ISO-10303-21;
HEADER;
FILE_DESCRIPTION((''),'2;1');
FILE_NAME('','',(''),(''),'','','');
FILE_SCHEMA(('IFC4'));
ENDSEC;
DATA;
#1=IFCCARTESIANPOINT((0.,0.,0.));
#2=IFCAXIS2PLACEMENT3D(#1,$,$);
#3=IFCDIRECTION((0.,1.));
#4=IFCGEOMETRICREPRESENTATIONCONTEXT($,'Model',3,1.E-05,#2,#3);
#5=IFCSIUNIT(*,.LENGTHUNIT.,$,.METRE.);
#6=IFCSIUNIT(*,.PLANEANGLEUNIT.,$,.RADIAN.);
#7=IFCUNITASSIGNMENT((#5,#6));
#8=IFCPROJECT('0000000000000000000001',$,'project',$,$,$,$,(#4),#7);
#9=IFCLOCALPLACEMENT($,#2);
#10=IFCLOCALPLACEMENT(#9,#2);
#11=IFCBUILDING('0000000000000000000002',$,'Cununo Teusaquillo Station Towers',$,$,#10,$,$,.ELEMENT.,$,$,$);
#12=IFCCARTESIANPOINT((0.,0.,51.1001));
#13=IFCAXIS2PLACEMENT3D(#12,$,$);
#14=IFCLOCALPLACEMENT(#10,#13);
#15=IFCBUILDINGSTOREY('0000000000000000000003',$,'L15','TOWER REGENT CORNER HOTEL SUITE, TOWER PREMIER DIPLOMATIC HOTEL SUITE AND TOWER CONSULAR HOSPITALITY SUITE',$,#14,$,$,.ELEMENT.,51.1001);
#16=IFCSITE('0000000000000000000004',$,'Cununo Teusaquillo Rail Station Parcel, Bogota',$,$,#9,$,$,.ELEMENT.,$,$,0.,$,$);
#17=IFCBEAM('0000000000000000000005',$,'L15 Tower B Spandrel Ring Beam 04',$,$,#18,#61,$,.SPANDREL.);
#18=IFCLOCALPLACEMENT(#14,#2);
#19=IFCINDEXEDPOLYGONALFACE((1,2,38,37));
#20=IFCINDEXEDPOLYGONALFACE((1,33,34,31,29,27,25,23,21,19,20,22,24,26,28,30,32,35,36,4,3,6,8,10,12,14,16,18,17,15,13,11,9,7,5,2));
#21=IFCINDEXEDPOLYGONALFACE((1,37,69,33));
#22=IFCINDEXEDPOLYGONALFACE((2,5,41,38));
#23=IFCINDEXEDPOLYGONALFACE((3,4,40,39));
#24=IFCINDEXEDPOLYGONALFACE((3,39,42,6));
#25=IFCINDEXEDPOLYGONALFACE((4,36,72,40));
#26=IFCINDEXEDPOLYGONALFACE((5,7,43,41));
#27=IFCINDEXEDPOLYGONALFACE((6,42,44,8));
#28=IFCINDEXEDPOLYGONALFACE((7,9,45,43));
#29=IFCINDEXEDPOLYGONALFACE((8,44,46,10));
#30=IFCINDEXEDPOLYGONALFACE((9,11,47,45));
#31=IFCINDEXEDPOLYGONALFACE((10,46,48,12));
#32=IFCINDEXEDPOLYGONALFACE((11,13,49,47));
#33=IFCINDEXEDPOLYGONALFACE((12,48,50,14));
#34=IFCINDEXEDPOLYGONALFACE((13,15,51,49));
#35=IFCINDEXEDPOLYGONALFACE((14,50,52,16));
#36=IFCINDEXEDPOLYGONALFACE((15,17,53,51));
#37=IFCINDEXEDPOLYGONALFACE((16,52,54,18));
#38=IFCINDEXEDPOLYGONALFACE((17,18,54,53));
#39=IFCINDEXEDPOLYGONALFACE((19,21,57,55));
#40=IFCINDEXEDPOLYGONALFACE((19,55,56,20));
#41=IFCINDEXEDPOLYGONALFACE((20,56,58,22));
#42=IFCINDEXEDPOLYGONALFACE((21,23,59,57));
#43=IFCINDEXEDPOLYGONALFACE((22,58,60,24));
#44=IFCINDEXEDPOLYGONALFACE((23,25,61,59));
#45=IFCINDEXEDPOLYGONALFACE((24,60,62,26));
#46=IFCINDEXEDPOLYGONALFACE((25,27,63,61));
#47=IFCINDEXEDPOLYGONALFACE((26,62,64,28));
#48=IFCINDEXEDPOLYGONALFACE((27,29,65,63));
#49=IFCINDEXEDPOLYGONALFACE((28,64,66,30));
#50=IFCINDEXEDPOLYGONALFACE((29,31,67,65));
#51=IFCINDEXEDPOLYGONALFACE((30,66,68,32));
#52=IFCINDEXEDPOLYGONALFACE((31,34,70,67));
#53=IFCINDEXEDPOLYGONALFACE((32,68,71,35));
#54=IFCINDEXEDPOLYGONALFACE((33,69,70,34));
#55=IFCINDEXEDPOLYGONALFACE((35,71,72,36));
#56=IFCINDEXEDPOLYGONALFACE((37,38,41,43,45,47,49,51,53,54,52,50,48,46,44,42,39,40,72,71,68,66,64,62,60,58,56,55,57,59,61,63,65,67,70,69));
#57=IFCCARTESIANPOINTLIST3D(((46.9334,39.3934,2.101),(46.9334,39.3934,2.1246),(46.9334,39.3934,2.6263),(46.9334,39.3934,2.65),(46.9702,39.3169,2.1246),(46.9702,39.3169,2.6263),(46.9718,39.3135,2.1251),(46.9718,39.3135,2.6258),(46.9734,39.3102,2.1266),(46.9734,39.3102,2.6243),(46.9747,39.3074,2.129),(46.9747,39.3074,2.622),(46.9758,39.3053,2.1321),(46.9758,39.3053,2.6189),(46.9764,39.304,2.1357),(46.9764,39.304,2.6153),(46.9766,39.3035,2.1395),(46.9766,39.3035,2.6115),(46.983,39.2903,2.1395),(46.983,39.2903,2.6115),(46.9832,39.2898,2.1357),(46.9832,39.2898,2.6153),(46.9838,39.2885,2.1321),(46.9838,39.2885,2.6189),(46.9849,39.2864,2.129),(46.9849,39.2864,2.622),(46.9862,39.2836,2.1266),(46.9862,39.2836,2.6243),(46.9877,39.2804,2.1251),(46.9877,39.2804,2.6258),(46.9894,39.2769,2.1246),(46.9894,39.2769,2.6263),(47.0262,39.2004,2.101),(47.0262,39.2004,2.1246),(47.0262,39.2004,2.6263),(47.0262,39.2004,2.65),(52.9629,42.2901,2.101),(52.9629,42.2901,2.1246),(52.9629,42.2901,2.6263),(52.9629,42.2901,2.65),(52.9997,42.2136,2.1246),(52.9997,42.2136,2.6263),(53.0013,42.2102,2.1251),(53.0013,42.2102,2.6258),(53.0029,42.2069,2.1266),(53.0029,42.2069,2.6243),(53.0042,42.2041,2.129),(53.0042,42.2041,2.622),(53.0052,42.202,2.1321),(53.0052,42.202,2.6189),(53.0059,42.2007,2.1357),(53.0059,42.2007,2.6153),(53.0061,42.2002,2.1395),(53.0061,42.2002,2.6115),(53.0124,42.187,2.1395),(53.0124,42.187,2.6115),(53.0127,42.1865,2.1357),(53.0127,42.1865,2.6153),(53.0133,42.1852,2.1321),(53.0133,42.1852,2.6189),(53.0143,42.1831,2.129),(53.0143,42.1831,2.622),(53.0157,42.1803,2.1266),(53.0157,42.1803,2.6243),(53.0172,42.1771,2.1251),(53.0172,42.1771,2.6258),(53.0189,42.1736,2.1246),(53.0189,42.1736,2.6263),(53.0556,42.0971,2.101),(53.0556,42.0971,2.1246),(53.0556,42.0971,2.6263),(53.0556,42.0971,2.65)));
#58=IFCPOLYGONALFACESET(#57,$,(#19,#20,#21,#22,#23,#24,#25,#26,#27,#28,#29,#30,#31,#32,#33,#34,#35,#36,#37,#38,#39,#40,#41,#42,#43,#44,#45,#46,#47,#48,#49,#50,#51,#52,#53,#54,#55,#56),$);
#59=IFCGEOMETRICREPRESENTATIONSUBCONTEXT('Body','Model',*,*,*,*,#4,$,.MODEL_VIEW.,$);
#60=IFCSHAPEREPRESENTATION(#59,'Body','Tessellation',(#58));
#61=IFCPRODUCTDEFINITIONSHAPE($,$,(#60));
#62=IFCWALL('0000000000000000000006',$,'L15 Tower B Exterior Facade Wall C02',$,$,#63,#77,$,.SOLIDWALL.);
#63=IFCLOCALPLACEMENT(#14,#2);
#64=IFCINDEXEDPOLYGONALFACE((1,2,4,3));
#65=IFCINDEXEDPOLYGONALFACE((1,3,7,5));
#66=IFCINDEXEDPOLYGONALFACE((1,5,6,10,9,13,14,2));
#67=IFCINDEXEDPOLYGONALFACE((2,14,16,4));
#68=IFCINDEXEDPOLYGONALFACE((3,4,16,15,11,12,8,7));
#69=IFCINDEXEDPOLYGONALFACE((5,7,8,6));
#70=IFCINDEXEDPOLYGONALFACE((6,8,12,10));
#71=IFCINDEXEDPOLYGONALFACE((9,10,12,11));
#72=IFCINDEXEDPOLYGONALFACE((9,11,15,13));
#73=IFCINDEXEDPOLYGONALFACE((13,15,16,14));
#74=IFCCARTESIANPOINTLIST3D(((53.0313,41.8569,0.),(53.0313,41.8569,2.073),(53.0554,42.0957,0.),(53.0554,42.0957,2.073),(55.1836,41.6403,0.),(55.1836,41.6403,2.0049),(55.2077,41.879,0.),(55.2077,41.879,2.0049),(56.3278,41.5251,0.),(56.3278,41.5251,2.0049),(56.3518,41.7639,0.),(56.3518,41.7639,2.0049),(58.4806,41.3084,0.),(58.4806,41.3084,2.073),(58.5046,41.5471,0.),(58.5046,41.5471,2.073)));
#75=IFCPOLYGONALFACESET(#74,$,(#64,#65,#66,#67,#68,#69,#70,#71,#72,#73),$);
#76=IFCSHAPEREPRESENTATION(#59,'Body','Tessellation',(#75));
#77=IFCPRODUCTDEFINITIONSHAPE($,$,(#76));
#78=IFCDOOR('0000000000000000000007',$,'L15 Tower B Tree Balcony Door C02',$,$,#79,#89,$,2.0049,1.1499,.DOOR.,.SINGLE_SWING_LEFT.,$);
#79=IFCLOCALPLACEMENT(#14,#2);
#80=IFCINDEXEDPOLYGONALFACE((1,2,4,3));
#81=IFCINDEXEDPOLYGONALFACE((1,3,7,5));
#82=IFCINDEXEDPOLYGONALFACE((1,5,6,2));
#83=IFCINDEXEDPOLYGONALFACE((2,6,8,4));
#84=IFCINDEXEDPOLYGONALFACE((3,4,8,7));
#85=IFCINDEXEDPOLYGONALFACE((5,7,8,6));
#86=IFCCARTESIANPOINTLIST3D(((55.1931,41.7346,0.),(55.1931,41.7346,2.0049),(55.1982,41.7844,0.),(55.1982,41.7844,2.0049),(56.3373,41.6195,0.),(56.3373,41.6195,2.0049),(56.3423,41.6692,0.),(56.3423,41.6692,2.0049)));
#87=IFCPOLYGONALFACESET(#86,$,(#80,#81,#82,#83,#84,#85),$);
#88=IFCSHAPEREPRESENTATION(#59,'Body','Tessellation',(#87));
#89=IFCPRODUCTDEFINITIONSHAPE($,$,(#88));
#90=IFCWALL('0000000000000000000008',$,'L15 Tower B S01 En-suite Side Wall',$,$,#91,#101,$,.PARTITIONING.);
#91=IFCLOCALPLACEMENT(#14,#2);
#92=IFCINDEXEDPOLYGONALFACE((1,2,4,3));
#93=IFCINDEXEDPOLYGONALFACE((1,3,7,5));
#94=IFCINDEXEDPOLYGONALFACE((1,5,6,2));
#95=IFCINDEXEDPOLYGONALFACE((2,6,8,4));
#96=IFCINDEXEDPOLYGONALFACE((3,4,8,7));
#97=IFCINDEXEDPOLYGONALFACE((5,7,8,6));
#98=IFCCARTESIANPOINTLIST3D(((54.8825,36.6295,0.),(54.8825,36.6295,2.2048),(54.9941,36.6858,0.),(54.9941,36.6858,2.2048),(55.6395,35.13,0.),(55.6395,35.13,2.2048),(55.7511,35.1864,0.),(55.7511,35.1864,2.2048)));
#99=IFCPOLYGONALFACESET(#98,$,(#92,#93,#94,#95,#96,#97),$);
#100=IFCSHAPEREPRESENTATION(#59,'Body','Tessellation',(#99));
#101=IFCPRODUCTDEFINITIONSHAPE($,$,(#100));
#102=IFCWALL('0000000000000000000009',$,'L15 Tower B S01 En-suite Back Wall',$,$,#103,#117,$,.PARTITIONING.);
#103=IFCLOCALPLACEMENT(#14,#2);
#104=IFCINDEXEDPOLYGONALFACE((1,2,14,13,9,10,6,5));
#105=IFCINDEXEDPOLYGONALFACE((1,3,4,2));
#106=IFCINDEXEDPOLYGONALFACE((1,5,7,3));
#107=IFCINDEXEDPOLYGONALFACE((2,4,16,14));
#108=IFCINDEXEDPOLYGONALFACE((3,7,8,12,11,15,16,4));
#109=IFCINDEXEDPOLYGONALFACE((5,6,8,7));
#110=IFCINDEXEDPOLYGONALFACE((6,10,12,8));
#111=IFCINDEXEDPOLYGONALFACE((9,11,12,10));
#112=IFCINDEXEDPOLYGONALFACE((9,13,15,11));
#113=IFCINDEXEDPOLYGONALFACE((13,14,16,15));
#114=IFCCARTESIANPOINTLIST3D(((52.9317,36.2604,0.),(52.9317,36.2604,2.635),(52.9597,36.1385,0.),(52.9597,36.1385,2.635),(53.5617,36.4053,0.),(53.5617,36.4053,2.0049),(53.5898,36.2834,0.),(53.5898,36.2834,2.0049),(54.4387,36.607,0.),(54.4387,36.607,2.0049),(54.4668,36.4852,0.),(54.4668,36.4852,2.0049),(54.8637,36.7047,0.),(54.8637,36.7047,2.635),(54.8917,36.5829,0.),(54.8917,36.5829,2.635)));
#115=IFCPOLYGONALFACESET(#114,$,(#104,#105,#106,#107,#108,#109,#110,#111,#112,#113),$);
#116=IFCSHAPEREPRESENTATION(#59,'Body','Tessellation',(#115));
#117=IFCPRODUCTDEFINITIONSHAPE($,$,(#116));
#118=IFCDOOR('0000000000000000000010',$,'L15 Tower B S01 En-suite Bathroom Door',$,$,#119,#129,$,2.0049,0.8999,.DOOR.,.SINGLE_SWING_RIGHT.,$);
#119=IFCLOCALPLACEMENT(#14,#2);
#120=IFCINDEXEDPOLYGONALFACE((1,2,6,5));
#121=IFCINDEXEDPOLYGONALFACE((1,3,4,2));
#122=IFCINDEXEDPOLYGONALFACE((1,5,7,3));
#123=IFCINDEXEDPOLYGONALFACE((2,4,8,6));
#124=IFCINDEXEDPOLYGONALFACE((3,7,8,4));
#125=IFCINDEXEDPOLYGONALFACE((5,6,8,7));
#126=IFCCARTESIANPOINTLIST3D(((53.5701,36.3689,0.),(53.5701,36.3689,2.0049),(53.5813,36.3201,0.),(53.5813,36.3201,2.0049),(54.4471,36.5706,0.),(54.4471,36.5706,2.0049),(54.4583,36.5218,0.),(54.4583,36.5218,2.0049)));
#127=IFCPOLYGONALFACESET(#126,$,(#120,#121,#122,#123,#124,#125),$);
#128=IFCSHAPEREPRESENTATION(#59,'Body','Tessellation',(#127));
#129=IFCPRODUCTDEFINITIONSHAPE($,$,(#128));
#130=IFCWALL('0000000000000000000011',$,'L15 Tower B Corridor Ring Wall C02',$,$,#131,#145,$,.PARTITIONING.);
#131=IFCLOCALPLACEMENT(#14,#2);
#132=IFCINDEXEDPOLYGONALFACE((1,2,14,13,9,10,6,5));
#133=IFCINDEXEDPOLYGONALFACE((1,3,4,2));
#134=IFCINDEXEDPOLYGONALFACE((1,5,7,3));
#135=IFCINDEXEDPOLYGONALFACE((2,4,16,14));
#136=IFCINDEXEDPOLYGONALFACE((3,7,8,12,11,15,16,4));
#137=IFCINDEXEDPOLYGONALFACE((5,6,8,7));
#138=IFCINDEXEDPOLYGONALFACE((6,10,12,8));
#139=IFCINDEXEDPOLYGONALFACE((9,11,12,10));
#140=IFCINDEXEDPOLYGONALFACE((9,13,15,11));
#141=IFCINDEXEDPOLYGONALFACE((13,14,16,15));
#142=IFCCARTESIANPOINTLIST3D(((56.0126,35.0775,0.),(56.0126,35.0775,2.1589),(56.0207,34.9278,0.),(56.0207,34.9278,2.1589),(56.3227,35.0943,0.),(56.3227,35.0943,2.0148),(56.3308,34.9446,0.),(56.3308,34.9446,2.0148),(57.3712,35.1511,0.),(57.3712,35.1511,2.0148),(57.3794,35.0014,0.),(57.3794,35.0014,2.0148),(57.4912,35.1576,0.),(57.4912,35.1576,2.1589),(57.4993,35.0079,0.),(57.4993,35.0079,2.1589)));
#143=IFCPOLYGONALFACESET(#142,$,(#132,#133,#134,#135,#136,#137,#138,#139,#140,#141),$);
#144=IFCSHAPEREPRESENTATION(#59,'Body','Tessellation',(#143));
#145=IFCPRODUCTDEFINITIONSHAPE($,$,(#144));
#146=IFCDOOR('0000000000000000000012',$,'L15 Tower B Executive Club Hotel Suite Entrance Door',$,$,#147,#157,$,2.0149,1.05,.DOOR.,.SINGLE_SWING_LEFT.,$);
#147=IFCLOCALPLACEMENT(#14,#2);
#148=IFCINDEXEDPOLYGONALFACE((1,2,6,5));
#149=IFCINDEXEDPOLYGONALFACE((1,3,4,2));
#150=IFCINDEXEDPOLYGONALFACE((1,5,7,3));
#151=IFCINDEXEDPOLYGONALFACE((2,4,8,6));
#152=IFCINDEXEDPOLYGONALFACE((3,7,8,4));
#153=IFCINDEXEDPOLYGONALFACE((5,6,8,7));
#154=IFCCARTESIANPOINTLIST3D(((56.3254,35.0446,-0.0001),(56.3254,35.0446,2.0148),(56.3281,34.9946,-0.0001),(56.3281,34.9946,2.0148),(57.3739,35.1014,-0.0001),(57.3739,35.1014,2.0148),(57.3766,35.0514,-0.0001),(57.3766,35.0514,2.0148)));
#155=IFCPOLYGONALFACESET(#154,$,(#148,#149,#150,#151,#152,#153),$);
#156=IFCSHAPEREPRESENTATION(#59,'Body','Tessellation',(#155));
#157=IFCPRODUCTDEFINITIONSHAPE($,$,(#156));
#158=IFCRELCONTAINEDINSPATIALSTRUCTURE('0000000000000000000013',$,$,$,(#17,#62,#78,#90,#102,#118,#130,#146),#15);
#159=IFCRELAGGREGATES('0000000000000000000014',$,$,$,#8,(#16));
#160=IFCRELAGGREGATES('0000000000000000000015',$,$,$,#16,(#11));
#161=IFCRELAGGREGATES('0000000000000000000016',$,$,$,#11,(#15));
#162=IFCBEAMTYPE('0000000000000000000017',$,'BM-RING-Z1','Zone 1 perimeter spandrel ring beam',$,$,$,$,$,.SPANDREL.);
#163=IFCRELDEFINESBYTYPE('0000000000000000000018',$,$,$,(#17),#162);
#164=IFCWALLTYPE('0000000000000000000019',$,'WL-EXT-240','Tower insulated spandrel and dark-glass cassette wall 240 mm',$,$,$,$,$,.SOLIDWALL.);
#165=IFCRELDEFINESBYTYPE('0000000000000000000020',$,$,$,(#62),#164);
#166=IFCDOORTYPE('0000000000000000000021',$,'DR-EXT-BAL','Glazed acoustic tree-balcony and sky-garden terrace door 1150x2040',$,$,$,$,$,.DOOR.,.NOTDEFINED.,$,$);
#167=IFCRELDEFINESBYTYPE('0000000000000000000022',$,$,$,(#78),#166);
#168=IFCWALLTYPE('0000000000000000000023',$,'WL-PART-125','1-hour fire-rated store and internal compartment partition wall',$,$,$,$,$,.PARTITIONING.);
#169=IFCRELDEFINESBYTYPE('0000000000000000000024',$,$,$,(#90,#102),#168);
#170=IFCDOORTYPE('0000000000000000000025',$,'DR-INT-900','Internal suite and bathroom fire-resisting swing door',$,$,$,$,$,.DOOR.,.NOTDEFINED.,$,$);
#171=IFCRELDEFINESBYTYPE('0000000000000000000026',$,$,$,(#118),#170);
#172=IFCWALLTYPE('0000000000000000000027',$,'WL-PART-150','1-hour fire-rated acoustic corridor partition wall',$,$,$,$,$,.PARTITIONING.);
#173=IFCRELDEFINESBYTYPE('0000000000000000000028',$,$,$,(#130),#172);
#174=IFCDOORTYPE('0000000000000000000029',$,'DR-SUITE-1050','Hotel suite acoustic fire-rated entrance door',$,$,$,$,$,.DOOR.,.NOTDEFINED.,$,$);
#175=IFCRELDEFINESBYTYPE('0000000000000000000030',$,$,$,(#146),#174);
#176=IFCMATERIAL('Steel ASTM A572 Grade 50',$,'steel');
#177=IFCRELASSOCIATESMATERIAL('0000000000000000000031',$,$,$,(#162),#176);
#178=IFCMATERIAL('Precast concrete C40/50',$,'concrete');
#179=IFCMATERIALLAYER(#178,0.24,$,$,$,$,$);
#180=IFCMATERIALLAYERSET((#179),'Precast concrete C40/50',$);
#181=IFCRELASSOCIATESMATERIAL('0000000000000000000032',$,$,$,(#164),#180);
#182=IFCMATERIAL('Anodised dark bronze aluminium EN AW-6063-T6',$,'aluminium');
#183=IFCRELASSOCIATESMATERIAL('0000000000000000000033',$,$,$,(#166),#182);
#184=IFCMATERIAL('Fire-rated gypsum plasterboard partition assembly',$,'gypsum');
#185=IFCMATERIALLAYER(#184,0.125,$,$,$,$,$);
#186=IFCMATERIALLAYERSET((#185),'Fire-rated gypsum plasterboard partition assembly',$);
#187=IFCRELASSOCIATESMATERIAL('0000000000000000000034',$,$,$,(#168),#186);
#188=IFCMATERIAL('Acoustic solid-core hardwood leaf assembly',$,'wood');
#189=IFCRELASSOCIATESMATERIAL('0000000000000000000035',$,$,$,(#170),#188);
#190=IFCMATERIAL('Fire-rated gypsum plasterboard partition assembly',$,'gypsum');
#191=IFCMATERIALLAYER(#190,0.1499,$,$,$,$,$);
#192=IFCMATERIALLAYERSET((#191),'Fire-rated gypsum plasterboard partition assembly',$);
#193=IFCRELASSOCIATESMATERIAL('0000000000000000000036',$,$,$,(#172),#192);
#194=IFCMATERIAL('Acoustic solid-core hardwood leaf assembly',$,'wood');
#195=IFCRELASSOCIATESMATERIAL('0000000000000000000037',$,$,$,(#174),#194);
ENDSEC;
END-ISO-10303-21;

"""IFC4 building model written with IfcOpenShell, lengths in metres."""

from ifc_helpers import new_model, si_unit, direction, frame, frame_2d, origin, origin_2d, place, context, subcontext, project, spatial, rectangle, i_section, extrude, source, transform, mapped, material, layer, layer_set, material_profile, profile_set, type_object, element, fill, save


model = new_model("IFC4")

# Units and contexts
model_context = context("Model", 3, precision=1e-05, world=origin(), true_north=direction((0.0, 1.0)))
body_context = subcontext(model_context, "Body", "Model", "MODEL_VIEW")
ifc_project = project(units=[si_unit("LENGTHUNIT", "METRE"), si_unit("PLANEANGLEUNIT", "RADIAN")], contexts=[model_context])

# Site, building, storey
site_placement = place(None, origin())
site = spatial("IfcSite", under=ifc_project, at=site_placement, Name="Cununo Teusaquillo Rail Station Parcel, Bogota", CompositionType="ELEMENT", RefElevation=0.0)
building_placement = place(site_placement, origin())
building = spatial("IfcBuilding", under=site, at=building_placement, Name="Cununo Teusaquillo Station Towers", CompositionType="ELEMENT")
storey_placement = place(building_placement, frame((0.0, 0.0, 51.1001)))
storey = spatial("IfcBuildingStorey", under=building, at=storey_placement, Name="L15", Description="TOWER REGENT CORNER HOTEL SUITE, TOWER PREMIER DIPLOMATIC HOTEL SUITE AND TOWER CONSULAR HOSPITALITY SUITE", CompositionType="ELEMENT", Elevation=51.1001)

# Beam
ifc_material_1 = material(Name="Steel ASTM A572 Grade 50", Category="steel")
ifc_material_profile_1 = material_profile(ifc_material_1, i_section(OverallWidth=0.2141, OverallDepth=0.5491, WebThickness=0.0146, FlangeThickness=0.0237, FilletRadius=0.0149, at=origin_2d()), Name="W21X93")
ifc_profile_set_1 = profile_set([ifc_material_profile_1], Name="Steel ASTM A572 Grade 50")
beam_type_1 = type_object("IfcBeamType", Name="BM-RING-Z1", Description="Zone 1 perimeter spandrel ring beam", PredefinedType="SPANDREL", material=ifc_profile_set_1)
beam_1_placement = place(storey_placement, frame((53.0093, 42.1936, 2.3755), z_axis=(-0.901374, -0.433041, 0.0), x_axis=(0.433041, -0.901374, 0.0)))
element("IfcBeam", 1, at=beam_1_placement, inside=storey, type_object=beam_type_1, Name="L15 Tower B Spandrel Ring Beam 04", PredefinedType="SPANDREL", context=body_context, shape_type="SweptSolid", body=[
    extrude(i_section(OverallWidth=0.2141, OverallDepth=0.5491, WebThickness=0.0146, FlangeThickness=0.0237, FilletRadius=0.0149, at=origin_2d()), origin(), (0.0, 0.0, 1.0), 6.6892),
])

# Wall, opening, door
ifc_material_2 = material(Name="Precast concrete C40/50", Category="concrete")
ifc_layer_1 = layer(ifc_material_2, 0.24)
ifc_layer_set_1 = layer_set([ifc_layer_1], Name="Precast concrete C40/50")
wall_type_1 = type_object("IfcWallType", Name="WL-EXT-240", Description="Tower insulated spandrel and dark-glass cassette wall 240 mm", PredefinedType="SOLIDWALL", material=ifc_layer_set_1)
wall_1_placement = place(storey_placement, frame((53.0435, 41.9763, 0.0), z_axis=(0.0, 0.0, 1.0), x_axis=(0.994971, -0.100166, 0.0)))
wall_1 = element("IfcWall", 2, at=wall_1_placement, inside=storey, type_object=wall_type_1, Name="L15 Tower B Exterior Facade Wall C02", PredefinedType="SOLIDWALL", context=body_context, shape_type="SweptSolid", body=[
    extrude(rectangle(XDim=5.4768, YDim=0.24, at=frame_2d((2.7383, 0.0))), origin(), (0.0, 0.0, 1.0), 2.073),
])
shared_shape_1 = source(origin(), body_context, "Body", "SweptSolid", [
    extrude(rectangle(XDim=1.1499, YDim=2.0049, at=frame_2d((0.575, 1.0024))), frame((0.0, 0.1299, 0.0), z_axis=(0.0, -1.0, 0.0), x_axis=(1.0, 0.0, 0.0)), (0.0, 0.0, 1.0), 0.26),
])
opening_1_placement = place(wall_1_placement, frame((2.1631, 0.0, 0.0)))
opening_1 = element("IfcOpeningElement", 3, at=opening_1_placement, cuts=wall_1, PredefinedType="OPENING", context=body_context, shape_type="MappedRepresentation", body=[
    mapped(shared_shape_1, transform((0.0, 0.0, 0.0), x_axis=(1.0, 0.0, 0.0), y_axis=(0.0, 1.0, 0.0), z_axis=(0.0, 0.0, 1.0), scale=1.0)),
])
ifc_material_3 = material(Name="Anodised dark bronze aluminium EN AW-6063-T6", Category="aluminium")
door_type_1 = type_object("IfcDoorType", Name="DR-EXT-BAL", Description="Glazed acoustic tree-balcony and sky-garden terrace door 1150x2040", OperationType="NOTDEFINED", PredefinedType="DOOR", material=ifc_material_3)
shared_shape_2 = source(origin(), body_context, "Body", "SweptSolid", [
    extrude(rectangle(XDim=1.1499, YDim=2.0049, at=frame_2d((0.575, 1.0024))), frame((0.0, 0.0249, 0.0), z_axis=(0.0, -1.0, 0.0), x_axis=(1.0, 0.0, 0.0)), (0.0, 0.0, 1.0), 0.05),
])
door_1_placement = place(opening_1_placement, origin())
door_1 = element("IfcDoor", 4, at=door_1_placement, inside=storey, type_object=door_type_1, Name="L15 Tower B Tree Balcony Door C02", OperationType="SINGLE_SWING_LEFT", OverallHeight=2.0049, OverallWidth=1.1499, PredefinedType="DOOR", context=body_context, shape_type="MappedRepresentation", body=[
    mapped(shared_shape_2, transform((0.0, 0.0, 0.0), x_axis=(1.0, 0.0, 0.0), y_axis=(0.0, 1.0, 0.0), z_axis=(0.0, 0.0, 1.0), scale=1.0)),
])
fill(opening_1, door_1)

# Wall
ifc_material_4 = material(Name="Fire-rated gypsum plasterboard partition assembly", Category="gypsum")
ifc_layer_2 = layer(ifc_material_4, 0.125)
ifc_layer_set_2 = layer_set([ifc_layer_2], Name="Fire-rated gypsum plasterboard partition assembly")
wall_type_2 = type_object("IfcWallType", Name="WL-PART-125", Description="1-hour fire-rated store and internal compartment partition wall", PredefinedType="PARTITIONING", material=ifc_layer_set_2)
wall_2_placement = place(storey_placement, frame((55.6953, 35.1582, 0.0), z_axis=(0.0, 0.0, 1.0), x_axis=(-0.450698, 0.892676, 0.0)))
element("IfcWall", 5, at=wall_2_placement, inside=storey, type_object=wall_type_2, Name="L15 Tower B S01 En-suite Side Wall", PredefinedType="PARTITIONING", context=body_context, shape_type="SweptSolid", body=[
    extrude(rectangle(XDim=1.6797, YDim=0.125, at=frame_2d((0.8398, 0.0))), origin(), (0.0, 0.0, 1.0), 2.2048),
])

# Walls, openings, doors
wall_3_placement = place(storey_placement, frame((54.8777, 36.6438, 0.0), z_axis=(0.0, 0.0, 1.0), x_axis=(-0.974555, -0.224149, 0.0)))
wall_3 = element("IfcWall", 6, at=wall_3_placement, inside=storey, type_object=wall_type_2, Name="L15 Tower B S01 En-suite Back Wall", PredefinedType="PARTITIONING", context=body_context, shape_type="SweptSolid", body=[
    extrude(rectangle(XDim=1.9824, YDim=0.125, at=frame_2d((0.9912, 0.0))), origin(), (0.0, 0.0, 1.0), 2.635),
])
shared_shape_3 = source(origin(), body_context, "Body", "SweptSolid", [
    extrude(rectangle(XDim=0.8999, YDim=2.0049, at=frame_2d((0.45, 1.0024))), frame((0.0, 0.0725, 0.0), z_axis=(0.0, -1.0, 0.0), x_axis=(1.0, 0.0, 0.0)), (0.0, 0.0, 1.0), 0.145),
])
opening_2_placement = place(wall_3_placement, frame((0.436, 0.0, 0.0)))
opening_2 = element("IfcOpeningElement", 7, at=opening_2_placement, cuts=wall_3, PredefinedType="OPENING", context=body_context, shape_type="MappedRepresentation", body=[
    mapped(shared_shape_3, transform((0.0, 0.0, 0.0), x_axis=(1.0, 0.0, 0.0), y_axis=(0.0, 1.0, 0.0), z_axis=(0.0, 0.0, 1.0), scale=1.0)),
])
ifc_material_5 = material(Name="Acoustic solid-core hardwood leaf assembly", Category="wood")
door_type_2 = type_object("IfcDoorType", Name="DR-INT-900", Description="Internal suite and bathroom fire-resisting swing door", OperationType="NOTDEFINED", PredefinedType="DOOR", material=ifc_material_5)
shared_shape_4 = source(origin(), body_context, "Body", "SweptSolid", [
    extrude(rectangle(XDim=0.8999, YDim=2.0049, at=frame_2d((0.45, 1.0024))), frame((0.0, 0.0249, 0.0), z_axis=(0.0, -1.0, 0.0), x_axis=(1.0, 0.0, 0.0)), (0.0, 0.0, 1.0), 0.05),
])
door_2_placement = place(opening_2_placement, origin())
door_2 = element("IfcDoor", 8, at=door_2_placement, inside=storey, type_object=door_type_2, Name="L15 Tower B S01 En-suite Bathroom Door", OperationType="SINGLE_SWING_RIGHT", OverallHeight=2.0049, OverallWidth=0.8999, PredefinedType="DOOR", context=body_context, shape_type="MappedRepresentation", body=[
    mapped(shared_shape_4, transform((0.0, 0.0, 0.0), x_axis=(1.0, 0.0, 0.0), y_axis=(0.0, 1.0, 0.0), z_axis=(0.0, 0.0, 1.0), scale=1.0)),
])
fill(opening_2, door_2)
ifc_material_6 = material(Name="Fire-rated gypsum plasterboard partition assembly", Category="gypsum")
ifc_layer_3 = layer(ifc_material_6, 0.1499)
ifc_layer_set_3 = layer_set([ifc_layer_3], Name="Fire-rated gypsum plasterboard partition assembly")
wall_type_3 = type_object("IfcWallType", Name="WL-PART-150", Description="1-hour fire-rated acoustic corridor partition wall", PredefinedType="PARTITIONING", material=ifc_layer_set_3)
wall_4_placement = place(storey_placement, frame((57.4951, 35.0828, 0.0), z_axis=(0.0, 0.0, 1.0), x_axis=(-0.998537, -0.054082, 0.0)))
wall_4 = element("IfcWall", 9, at=wall_4_placement, inside=storey, type_object=wall_type_3, Name="L15 Tower B Corridor Ring Wall C02", PredefinedType="PARTITIONING", context=body_context, shape_type="SweptSolid", body=[
    extrude(rectangle(XDim=1.4807, YDim=0.1499, at=frame_2d((0.7402, 0.0))), origin(), (0.0, 0.0, 1.0), 2.1589),
])
shared_shape_5 = source(origin(), body_context, "Body", "SweptSolid", [
    extrude(rectangle(XDim=1.05, YDim=2.0149, at=frame_2d((0.5249, 1.0073))), frame((0.0, 0.085, 0.0), z_axis=(0.0, -1.0, 0.0), x_axis=(1.0, 0.0, 0.0)), (0.0, 0.0, 1.0), 0.1699),
])
opening_3_placement = place(wall_4_placement, frame((0.1201, 0.0, 0.0)))
opening_3 = element("IfcOpeningElement", 10, at=opening_3_placement, cuts=wall_4, PredefinedType="OPENING", context=body_context, shape_type="MappedRepresentation", body=[
    mapped(shared_shape_5, transform((0.0, 0.0, 0.0), x_axis=(1.0, 0.0, 0.0), y_axis=(0.0, 1.0, 0.0), z_axis=(0.0, 0.0, 1.0), scale=1.0)),
])
ifc_material_7 = material(Name="Acoustic solid-core hardwood leaf assembly", Category="wood")
door_type_3 = type_object("IfcDoorType", Name="DR-SUITE-1050", Description="Hotel suite acoustic fire-rated entrance door", OperationType="NOTDEFINED", PredefinedType="DOOR", material=ifc_material_7)
shared_shape_6 = source(origin(), body_context, "Body", "SweptSolid", [
    extrude(rectangle(XDim=1.05, YDim=2.0149, at=frame_2d((0.5249, 1.0073))), frame((0.0, 0.0249, 0.0), z_axis=(0.0, -1.0, 0.0), x_axis=(1.0, 0.0, 0.0)), (0.0, 0.0, 1.0), 0.05),
])
door_3_placement = place(opening_3_placement, origin())
door_3 = element("IfcDoor", 11, at=door_3_placement, inside=storey, type_object=door_type_3, Name="L15 Tower B Executive Club Hotel Suite Entrance Door", OperationType="SINGLE_SWING_LEFT", OverallHeight=2.0149, OverallWidth=1.05, PredefinedType="DOOR", context=body_context, shape_type="MappedRepresentation", body=[
    mapped(shared_shape_6, transform((0.0, 0.0, 0.0), x_axis=(1.0, 0.0, 0.0), y_axis=(0.0, 1.0, 0.0), z_axis=(0.0, 0.0, 1.0), scale=1.0)),
])
fill(opening_3, door_3)

save(model, "model.ifc")
